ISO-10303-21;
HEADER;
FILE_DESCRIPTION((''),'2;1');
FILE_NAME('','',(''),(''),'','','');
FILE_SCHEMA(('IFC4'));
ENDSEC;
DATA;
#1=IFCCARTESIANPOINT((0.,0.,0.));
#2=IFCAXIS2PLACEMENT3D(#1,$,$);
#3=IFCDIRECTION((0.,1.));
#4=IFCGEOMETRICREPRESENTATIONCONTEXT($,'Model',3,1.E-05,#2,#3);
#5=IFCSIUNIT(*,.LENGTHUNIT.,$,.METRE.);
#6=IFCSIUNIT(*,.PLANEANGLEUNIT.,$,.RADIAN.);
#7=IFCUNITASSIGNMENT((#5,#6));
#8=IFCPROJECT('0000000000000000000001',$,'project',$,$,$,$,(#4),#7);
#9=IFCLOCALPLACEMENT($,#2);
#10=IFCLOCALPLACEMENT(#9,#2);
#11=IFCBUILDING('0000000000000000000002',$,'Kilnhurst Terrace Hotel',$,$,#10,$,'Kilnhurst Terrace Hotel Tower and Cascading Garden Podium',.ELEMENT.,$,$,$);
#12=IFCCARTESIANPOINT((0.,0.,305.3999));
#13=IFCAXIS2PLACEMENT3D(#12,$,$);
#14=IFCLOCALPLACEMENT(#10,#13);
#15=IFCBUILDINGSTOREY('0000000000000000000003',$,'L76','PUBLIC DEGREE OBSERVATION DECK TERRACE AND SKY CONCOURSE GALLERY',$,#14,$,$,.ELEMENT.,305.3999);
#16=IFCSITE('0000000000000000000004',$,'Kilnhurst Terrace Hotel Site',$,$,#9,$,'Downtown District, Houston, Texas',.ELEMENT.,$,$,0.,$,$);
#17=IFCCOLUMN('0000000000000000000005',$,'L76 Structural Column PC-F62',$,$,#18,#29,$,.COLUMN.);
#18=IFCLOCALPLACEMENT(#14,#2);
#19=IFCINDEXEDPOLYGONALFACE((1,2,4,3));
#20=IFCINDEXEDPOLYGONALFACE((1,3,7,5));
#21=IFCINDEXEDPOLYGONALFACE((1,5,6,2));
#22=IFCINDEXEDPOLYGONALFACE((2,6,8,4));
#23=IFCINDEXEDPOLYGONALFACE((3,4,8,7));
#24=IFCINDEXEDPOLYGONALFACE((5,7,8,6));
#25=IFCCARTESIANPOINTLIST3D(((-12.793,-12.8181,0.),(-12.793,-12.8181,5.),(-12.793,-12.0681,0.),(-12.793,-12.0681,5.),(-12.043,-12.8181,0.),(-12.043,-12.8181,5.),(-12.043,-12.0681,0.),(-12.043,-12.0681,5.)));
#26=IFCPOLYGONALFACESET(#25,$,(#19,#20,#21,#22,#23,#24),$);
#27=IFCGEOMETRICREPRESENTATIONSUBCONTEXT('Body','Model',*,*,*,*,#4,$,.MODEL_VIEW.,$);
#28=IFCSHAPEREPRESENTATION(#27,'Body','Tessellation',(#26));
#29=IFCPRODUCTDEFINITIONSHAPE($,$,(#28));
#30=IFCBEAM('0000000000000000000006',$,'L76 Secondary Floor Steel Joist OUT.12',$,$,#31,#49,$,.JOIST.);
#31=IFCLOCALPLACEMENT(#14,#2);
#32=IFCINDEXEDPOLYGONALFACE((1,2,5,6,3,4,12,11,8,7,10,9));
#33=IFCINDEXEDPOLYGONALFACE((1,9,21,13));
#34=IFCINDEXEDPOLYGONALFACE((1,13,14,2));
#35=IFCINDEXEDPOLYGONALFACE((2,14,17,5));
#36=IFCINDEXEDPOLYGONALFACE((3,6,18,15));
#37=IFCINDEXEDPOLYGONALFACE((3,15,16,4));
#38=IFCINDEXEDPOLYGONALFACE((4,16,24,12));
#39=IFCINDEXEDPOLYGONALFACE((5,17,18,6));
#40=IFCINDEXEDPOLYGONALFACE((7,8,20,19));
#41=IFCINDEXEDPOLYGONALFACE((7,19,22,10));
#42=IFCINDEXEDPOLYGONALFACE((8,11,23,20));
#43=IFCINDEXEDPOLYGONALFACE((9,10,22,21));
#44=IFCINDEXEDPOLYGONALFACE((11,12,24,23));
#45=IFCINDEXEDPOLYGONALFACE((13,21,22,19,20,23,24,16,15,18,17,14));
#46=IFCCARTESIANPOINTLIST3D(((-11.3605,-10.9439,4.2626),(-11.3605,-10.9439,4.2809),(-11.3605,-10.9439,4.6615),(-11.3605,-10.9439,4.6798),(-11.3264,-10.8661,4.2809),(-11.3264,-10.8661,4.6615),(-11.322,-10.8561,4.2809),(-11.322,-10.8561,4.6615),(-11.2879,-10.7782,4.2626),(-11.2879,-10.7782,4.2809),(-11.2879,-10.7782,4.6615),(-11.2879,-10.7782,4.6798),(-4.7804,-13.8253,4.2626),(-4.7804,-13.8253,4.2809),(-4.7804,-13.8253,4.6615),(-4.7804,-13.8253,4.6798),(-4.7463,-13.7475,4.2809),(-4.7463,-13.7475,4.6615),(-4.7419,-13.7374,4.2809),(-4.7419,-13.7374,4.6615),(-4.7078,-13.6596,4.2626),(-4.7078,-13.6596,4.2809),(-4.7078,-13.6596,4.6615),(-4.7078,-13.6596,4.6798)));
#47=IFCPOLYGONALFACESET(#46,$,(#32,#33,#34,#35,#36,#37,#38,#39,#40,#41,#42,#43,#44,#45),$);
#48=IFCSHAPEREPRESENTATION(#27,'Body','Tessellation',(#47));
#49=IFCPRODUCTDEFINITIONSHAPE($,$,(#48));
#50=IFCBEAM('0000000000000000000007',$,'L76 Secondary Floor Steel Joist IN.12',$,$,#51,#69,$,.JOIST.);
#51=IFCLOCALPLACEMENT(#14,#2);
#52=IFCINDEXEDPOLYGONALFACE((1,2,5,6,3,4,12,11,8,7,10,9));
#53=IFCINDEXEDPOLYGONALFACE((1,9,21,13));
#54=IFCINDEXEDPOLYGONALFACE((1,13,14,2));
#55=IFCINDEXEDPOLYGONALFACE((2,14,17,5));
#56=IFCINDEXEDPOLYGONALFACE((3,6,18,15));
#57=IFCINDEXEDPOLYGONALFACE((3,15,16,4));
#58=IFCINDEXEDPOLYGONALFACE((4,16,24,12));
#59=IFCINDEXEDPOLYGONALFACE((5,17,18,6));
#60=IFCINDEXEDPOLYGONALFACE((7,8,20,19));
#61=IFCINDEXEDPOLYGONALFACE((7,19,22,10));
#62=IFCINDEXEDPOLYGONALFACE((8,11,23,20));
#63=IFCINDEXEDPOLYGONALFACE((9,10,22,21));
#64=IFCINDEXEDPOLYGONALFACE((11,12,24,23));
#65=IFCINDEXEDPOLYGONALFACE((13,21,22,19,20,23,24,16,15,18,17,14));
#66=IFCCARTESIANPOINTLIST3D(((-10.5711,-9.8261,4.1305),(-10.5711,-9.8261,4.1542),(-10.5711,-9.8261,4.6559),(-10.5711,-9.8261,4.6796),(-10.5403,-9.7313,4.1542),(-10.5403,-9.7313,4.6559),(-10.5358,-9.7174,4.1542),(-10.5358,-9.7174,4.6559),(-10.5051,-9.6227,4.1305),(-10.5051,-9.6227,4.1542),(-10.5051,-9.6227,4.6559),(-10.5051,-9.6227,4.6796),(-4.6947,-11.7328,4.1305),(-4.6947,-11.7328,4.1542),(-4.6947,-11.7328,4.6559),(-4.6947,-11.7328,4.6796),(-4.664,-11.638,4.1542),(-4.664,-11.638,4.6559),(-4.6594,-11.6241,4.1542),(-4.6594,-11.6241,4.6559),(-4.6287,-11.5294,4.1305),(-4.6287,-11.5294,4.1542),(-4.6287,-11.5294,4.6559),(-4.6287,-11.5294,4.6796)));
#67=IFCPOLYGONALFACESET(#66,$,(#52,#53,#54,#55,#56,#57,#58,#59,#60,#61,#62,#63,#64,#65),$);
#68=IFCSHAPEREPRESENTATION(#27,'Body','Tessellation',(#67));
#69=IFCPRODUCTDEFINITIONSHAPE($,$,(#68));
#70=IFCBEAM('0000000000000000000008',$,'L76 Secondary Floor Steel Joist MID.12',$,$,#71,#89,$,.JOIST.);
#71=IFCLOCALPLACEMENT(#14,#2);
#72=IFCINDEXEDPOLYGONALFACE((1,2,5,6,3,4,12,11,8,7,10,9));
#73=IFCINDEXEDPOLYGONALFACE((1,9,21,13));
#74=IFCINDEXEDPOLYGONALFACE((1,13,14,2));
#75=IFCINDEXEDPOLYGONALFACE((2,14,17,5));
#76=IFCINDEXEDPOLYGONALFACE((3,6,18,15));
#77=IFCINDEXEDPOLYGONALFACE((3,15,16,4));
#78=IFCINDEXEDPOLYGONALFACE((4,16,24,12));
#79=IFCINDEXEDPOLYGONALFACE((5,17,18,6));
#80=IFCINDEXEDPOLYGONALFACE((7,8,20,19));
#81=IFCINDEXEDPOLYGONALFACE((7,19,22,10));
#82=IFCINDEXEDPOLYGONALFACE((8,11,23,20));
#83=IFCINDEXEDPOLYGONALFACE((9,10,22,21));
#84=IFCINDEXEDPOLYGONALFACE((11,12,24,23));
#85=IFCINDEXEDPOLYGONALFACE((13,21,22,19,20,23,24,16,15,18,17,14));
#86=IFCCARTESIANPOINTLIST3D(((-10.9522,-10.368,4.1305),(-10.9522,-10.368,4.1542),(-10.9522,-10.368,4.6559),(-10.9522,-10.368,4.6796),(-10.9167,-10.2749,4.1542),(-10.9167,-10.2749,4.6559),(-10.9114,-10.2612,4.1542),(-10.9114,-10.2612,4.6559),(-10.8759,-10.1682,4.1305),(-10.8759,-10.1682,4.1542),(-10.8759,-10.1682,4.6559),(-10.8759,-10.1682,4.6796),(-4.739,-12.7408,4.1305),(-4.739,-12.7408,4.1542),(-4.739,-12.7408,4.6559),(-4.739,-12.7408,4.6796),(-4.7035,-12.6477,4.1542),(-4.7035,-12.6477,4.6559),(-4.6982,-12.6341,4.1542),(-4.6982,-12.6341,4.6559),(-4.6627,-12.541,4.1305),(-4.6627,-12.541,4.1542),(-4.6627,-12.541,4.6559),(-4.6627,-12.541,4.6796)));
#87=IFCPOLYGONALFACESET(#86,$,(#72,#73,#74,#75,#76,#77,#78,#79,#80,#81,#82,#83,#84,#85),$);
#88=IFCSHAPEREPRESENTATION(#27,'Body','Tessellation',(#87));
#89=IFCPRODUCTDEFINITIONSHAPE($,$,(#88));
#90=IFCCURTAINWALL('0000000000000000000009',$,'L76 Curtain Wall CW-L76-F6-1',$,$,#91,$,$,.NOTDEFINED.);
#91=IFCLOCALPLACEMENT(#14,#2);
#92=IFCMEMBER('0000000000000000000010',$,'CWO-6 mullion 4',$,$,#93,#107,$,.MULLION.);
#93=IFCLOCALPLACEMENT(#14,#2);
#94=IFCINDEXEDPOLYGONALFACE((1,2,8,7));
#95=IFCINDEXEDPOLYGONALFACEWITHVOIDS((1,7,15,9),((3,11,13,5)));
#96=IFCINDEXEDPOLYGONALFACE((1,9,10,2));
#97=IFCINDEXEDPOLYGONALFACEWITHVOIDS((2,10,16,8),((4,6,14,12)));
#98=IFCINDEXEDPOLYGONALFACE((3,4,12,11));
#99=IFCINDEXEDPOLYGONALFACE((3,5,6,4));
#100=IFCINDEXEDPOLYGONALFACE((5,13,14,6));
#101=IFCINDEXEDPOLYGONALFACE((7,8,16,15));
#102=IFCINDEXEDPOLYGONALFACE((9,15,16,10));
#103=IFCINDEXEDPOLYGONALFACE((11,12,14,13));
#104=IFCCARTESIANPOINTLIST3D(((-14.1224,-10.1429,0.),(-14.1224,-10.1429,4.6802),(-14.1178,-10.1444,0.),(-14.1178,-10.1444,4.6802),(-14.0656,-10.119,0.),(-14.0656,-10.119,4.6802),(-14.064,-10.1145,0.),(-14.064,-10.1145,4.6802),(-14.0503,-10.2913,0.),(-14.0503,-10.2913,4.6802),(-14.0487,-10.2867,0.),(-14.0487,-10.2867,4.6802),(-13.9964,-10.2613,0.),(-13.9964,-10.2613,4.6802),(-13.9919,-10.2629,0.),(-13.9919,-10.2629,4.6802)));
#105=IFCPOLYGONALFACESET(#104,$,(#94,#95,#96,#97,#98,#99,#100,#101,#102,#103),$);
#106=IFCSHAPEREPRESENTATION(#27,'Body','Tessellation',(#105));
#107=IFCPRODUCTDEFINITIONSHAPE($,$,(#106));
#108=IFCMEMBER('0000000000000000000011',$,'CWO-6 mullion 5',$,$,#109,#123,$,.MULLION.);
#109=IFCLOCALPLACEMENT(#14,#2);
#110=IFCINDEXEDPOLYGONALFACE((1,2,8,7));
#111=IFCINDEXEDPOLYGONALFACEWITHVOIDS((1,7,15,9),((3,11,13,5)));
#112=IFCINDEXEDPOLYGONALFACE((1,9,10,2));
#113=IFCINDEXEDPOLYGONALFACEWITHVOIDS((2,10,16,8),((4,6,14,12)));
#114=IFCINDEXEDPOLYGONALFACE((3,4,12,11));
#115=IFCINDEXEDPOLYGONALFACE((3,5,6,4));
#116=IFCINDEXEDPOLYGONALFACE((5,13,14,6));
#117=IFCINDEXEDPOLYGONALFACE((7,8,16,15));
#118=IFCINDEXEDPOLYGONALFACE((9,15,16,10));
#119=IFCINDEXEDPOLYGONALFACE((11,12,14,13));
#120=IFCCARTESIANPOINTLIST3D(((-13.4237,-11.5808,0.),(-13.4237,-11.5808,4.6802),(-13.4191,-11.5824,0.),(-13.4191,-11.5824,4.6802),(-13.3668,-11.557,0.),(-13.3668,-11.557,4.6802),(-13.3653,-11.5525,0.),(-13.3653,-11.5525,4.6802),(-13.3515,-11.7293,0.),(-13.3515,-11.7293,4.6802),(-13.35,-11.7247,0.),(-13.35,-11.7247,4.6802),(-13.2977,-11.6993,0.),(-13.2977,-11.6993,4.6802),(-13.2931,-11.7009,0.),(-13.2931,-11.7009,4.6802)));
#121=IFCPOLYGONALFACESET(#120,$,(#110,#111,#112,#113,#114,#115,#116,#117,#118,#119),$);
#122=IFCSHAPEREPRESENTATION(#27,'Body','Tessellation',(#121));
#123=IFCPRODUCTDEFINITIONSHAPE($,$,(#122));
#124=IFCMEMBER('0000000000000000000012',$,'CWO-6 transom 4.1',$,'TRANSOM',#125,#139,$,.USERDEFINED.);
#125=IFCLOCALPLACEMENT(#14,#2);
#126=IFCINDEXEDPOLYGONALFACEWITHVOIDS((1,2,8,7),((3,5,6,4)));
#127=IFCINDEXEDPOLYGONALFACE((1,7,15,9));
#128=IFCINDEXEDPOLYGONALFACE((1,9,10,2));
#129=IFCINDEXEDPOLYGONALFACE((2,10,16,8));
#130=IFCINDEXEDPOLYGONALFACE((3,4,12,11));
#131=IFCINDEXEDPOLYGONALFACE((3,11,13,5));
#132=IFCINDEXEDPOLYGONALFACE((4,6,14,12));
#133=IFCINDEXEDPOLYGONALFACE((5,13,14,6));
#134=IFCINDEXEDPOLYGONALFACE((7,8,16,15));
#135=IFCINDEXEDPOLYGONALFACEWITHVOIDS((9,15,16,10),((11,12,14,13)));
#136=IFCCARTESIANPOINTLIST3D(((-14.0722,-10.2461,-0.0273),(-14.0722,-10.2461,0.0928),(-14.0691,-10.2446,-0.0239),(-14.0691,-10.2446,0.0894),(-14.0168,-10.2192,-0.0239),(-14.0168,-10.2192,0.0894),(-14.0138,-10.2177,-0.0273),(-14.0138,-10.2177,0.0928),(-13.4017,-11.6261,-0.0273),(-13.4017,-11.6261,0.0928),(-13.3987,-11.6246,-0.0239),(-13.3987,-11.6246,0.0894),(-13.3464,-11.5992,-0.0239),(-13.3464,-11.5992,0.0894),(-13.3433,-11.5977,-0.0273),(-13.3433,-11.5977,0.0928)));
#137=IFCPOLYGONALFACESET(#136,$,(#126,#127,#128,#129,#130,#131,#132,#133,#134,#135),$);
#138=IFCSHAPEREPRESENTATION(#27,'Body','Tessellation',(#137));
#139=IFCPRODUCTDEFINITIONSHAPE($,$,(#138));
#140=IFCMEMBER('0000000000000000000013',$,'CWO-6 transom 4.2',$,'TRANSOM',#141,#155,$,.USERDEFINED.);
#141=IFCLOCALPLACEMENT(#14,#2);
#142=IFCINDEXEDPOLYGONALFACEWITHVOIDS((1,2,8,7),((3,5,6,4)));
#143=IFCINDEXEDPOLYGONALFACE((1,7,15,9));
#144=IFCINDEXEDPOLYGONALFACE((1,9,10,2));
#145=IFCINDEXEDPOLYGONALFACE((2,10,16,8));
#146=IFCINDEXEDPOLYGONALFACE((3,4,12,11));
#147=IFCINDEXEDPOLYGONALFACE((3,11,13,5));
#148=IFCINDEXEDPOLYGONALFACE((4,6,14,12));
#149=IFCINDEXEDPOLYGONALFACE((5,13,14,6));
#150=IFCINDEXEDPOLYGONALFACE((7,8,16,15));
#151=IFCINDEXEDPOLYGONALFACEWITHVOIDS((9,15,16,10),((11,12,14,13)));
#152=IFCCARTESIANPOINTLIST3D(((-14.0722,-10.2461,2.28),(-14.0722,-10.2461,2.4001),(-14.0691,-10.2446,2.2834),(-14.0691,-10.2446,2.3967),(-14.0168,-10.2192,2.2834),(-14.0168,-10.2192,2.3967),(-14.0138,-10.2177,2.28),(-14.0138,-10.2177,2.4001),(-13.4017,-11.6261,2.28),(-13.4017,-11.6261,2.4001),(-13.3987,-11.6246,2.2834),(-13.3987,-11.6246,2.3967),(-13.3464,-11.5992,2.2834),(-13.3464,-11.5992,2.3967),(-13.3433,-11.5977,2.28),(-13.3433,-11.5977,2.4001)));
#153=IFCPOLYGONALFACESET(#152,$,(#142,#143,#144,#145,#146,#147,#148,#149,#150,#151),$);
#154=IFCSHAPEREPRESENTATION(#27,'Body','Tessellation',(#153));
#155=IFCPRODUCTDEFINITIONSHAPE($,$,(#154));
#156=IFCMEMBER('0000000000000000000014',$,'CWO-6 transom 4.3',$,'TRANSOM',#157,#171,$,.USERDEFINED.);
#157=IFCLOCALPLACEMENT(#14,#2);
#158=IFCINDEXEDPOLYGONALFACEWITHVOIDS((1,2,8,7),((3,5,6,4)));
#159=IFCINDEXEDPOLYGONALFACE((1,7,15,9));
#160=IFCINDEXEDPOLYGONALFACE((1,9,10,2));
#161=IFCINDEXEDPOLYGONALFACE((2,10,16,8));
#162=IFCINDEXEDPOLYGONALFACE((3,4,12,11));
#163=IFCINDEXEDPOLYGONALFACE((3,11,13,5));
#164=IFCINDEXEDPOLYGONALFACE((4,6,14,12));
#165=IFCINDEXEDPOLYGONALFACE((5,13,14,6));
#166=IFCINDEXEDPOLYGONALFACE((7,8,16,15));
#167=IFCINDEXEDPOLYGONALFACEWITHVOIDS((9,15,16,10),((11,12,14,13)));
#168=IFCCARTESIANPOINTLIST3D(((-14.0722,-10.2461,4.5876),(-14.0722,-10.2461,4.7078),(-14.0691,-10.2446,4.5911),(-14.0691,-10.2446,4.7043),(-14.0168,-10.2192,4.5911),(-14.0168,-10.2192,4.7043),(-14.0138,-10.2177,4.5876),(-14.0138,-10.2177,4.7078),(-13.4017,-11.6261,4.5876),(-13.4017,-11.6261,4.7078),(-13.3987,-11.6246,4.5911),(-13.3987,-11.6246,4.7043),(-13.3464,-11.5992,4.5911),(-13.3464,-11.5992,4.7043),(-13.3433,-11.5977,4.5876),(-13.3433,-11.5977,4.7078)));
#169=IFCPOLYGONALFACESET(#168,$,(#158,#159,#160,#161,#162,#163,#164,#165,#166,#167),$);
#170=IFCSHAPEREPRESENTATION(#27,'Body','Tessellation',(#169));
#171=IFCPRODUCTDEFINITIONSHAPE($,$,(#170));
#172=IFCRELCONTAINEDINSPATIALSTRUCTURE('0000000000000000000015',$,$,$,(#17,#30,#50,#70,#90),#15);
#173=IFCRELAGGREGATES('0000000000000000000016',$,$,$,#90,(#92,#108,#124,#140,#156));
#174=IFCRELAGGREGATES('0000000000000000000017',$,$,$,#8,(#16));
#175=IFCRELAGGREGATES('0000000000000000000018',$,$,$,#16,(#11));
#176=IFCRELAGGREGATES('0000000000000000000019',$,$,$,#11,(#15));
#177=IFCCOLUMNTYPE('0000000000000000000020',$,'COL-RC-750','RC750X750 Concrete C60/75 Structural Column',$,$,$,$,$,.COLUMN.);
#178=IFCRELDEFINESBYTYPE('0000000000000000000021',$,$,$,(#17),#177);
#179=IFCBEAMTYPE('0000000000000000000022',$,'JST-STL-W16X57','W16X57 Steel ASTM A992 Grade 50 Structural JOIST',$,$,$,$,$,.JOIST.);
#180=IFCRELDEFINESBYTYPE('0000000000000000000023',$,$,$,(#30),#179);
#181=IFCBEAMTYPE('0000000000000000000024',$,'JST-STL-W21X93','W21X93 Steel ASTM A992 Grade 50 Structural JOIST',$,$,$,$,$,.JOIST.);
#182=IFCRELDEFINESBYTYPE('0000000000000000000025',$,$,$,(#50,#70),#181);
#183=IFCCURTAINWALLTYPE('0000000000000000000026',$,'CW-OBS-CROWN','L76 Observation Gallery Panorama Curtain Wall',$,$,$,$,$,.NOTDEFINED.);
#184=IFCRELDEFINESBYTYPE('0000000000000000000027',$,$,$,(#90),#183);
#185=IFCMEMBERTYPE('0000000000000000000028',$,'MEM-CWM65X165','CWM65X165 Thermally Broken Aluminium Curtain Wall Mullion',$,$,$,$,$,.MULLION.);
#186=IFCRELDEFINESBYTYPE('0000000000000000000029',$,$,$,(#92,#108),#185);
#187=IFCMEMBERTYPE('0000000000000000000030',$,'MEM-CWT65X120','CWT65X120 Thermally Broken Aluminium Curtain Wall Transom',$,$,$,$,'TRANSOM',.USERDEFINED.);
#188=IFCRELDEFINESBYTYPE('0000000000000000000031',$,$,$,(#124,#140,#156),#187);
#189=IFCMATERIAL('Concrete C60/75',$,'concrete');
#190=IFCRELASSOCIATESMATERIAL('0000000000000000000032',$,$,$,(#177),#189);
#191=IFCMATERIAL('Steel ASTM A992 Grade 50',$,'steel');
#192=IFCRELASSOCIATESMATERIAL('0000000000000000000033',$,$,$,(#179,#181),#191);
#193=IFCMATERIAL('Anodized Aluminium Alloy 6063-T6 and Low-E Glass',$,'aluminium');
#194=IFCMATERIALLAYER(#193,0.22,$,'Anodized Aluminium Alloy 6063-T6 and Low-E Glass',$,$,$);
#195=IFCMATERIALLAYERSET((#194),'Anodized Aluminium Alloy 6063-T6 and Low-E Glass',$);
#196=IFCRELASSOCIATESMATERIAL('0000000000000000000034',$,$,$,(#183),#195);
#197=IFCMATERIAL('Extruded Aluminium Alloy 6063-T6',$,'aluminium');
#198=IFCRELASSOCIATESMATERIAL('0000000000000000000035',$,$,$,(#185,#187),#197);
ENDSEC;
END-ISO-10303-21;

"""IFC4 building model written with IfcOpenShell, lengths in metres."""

from ifc_helpers import new_model, si_unit, direction, frame, origin, origin_2d, place, context, subcontext, project, spatial, rectangle, hollow_rectangle, i_section, extrude, material, layer, layer_set, material_profile, profile_set, type_object, element, aggregate, save


model = new_model("IFC4")

# Units and contexts
model_context = context("Model", 3, precision=1e-05, world=origin(), true_north=direction((0.0, 1.0)))
body_context = subcontext(model_context, "Body", "Model", "MODEL_VIEW")
ifc_project = project(units=[si_unit("LENGTHUNIT", "METRE"), si_unit("PLANEANGLEUNIT", "RADIAN")], contexts=[model_context])

# Site, building, storey
site_placement = place(None, origin())
site = spatial("IfcSite", under=ifc_project, at=site_placement, Name="Kilnhurst Terrace Hotel Site", LongName="Downtown District, Houston, Texas", CompositionType="ELEMENT", RefElevation=0.0)
building_placement = place(site_placement, origin())
building = spatial("IfcBuilding", under=site, at=building_placement, Name="Kilnhurst Terrace Hotel", LongName="Kilnhurst Terrace Hotel Tower and Cascading Garden Podium", CompositionType="ELEMENT")
storey_placement = place(building_placement, frame((0.0, 0.0, 305.3999)))
storey = spatial("IfcBuildingStorey", under=building, at=storey_placement, Name="L76", Description="PUBLIC DEGREE OBSERVATION DECK TERRACE AND SKY CONCOURSE GALLERY", CompositionType="ELEMENT", Elevation=305.3999)

# Column
ifc_material_1 = material(Name="Concrete C60/75", Category="concrete")
ifc_material_profile_1 = material_profile(ifc_material_1, rectangle(XDim=0.75, YDim=0.75, at=origin_2d()), Name="RC750X750")
ifc_profile_set_1 = profile_set([ifc_material_profile_1], Name="Concrete C60/75")
column_type = type_object("IfcColumnType", Name="COL-RC-750", Description="RC750X750 Concrete C60/75 Structural Column", PredefinedType="COLUMN", material=ifc_profile_set_1)
column_placement = place(storey_placement, frame((-12.418, -12.4431, 0.0), z_axis=(0.0, 0.0, 1.0), x_axis=(1.0, 0.0, 0.0)))
element("IfcColumn", 1, at=column_placement, inside=storey, type_object=column_type, Name="L76 Structural Column PC-F62", PredefinedType="COLUMN", context=body_context, shape_type="SweptSolid", body=[
    extrude(rectangle(XDim=0.75, YDim=0.75, at=origin_2d()), origin(), (0.0, 0.0, 1.0), 5.0),
])

# Beams
ifc_material_2 = material(Name="Steel ASTM A992 Grade 50", Category="steel")
ifc_material_profile_2 = material_profile(ifc_material_2, i_section(OverallWidth=0.1809, OverallDepth=0.4172, WebThickness=0.011, FlangeThickness=0.0183, at=origin_2d()), Name="W16X57")
ifc_profile_set_2 = profile_set([ifc_material_profile_2], Name="Steel ASTM A992 Grade 50")
beam_type_1 = type_object("IfcBeamType", Name="JST-STL-W16X57", Description="W16X57 Steel ASTM A992 Grade 50 Structural JOIST", PredefinedType="JOIST", material=ifc_profile_set_2)
beam_1_placement = place(storey_placement, frame((-11.3242, -10.8611, 4.4712), z_axis=(0.916026, -0.401118, 0.0), x_axis=(0.401118, 0.916026, 0.0)))
element("IfcBeam", 2, at=beam_1_placement, inside=storey, type_object=beam_type_1, Name="L76 Secondary Floor Steel Joist OUT.12", PredefinedType="JOIST", context=body_context, shape_type="SweptSolid", body=[
    extrude(i_section(OverallWidth=0.1809, OverallDepth=0.4172, WebThickness=0.011, FlangeThickness=0.0183, at=origin_2d()), origin(), (0.0, 0.0, 1.0), 7.1833),
])
ifc_material_profile_3 = material_profile(ifc_material_2, i_section(OverallWidth=0.2139, OverallDepth=0.5491, WebThickness=0.0146, FlangeThickness=0.0237, at=origin_2d()), Name="W21X93")
ifc_profile_set_3 = profile_set([ifc_material_profile_3], Name="Steel ASTM A992 Grade 50")
beam_type_2 = type_object("IfcBeamType", Name="JST-STL-W21X93", Description="W21X93 Steel ASTM A992 Grade 50 Structural JOIST", PredefinedType="JOIST", material=ifc_profile_set_3)
beam_2_placement = place(storey_placement, frame((-10.5381, -9.7244, 4.405), z_axis=(0.951182, -0.30863, 0.0), x_axis=(0.30863, 0.951182, 0.0)))
element("IfcBeam", 3, at=beam_2_placement, inside=storey, type_object=beam_type_2, Name="L76 Secondary Floor Steel Joist IN.12", PredefinedType="JOIST", context=body_context, shape_type="SweptSolid", body=[
    extrude(i_section(OverallWidth=0.2139, OverallDepth=0.5491, WebThickness=0.0146, FlangeThickness=0.0237, at=origin_2d()), origin(), (0.0, 0.0, 1.0), 6.178),
])
beam_3_placement = place(storey_placement, frame((-10.9141, -10.2681, 4.405), z_axis=(0.934193, -0.356769, 0.0), x_axis=(0.356769, 0.934193, 0.0)))
element("IfcBeam", 4, at=beam_3_placement, inside=storey, type_object=beam_type_2, Name="L76 Secondary Floor Steel Joist MID.12", PredefinedType="JOIST", context=body_context, shape_type="SweptSolid", body=[
    extrude(i_section(OverallWidth=0.2139, OverallDepth=0.5491, WebThickness=0.0146, FlangeThickness=0.0237, at=origin_2d()), origin(), (0.0, 0.0, 1.0), 6.6509),
])

# Curtain wall, members
ifc_material_3 = material(Name="Anodized Aluminium Alloy 6063-T6 and Low-E Glass", Category="aluminium")
ifc_layer_1 = layer(ifc_material_3, 0.22, Name="Anodized Aluminium Alloy 6063-T6 and Low-E Glass")
ifc_layer_set_1 = layer_set([ifc_layer_1], Name="Anodized Aluminium Alloy 6063-T6 and Low-E Glass")
curtain_wall_type = type_object("IfcCurtainWallType", Name="CW-OBS-CROWN", Description="L76 Observation Gallery Panorama Curtain Wall", PredefinedType="NOTDEFINED", material=ifc_layer_set_1)
curtain_wall_placement = place(storey_placement, origin())
curtain_wall = element("IfcCurtainWall", 5, at=curtain_wall_placement, inside=storey, type_object=curtain_wall_type, Name="L76 Curtain Wall CW-L76-F6-1", PredefinedType="NOTDEFINED")
ifc_material_4 = material(Name="Extruded Aluminium Alloy 6063-T6", Category="aluminium")
ifc_material_profile_4 = material_profile(ifc_material_4, hollow_rectangle(XDim=0.0649, YDim=0.165, WallThickness=0.0034, at=origin_2d()), Name="CWM65X165")
ifc_profile_set_4 = profile_set([ifc_material_profile_4], Name="Extruded Aluminium Alloy 6063-T6")
member_type_1 = type_object("IfcMemberType", Name="MEM-CWM65X165", Description="CWM65X165 Thermally Broken Aluminium Curtain Wall Mullion", PredefinedType="MULLION", material=ifc_profile_set_4)
member_1_placement = place(storey_placement, frame((-14.0571, -10.2029, 0.0), z_axis=(0.0, 0.0, 1.0), x_axis=(0.899436, 0.437053, 0.0)))
member_1 = element("IfcMember", 6, at=member_1_placement, type_object=member_type_1, Name="CWO-6 mullion 4", PredefinedType="MULLION", context=body_context, shape_type="SweptSolid", body=[
    extrude(hollow_rectangle(XDim=0.0649, YDim=0.165, WallThickness=0.0034, at=origin_2d()), origin(), (0.0, 0.0, 1.0), 4.6802),
])
member_2_placement = place(storey_placement, frame((-13.3584, -11.6409, 0.0), z_axis=(0.0, 0.0, 1.0), x_axis=(0.899436, 0.437053, 0.0)))
member_2 = element("IfcMember", 7, at=member_2_placement, type_object=member_type_1, Name="CWO-6 mullion 5", PredefinedType="MULLION", context=body_context, shape_type="SweptSolid", body=[
    extrude(hollow_rectangle(XDim=0.0649, YDim=0.165, WallThickness=0.0034, at=origin_2d()), origin(), (0.0, 0.0, 1.0), 4.6802),
])
ifc_material_profile_5 = material_profile(ifc_material_4, hollow_rectangle(XDim=0.0649, YDim=0.1201, WallThickness=0.0034, at=origin_2d()), Name="CWT65X120")
ifc_profile_set_5 = profile_set([ifc_material_profile_5], Name="Extruded Aluminium Alloy 6063-T6")
member_type_2 = type_object("IfcMemberType", Name="MEM-CWT65X120", Description="CWT65X120 Thermally Broken Aluminium Curtain Wall Transom", ElementType="TRANSOM", PredefinedType="USERDEFINED", material=ifc_profile_set_5)
member_3_placement = place(storey_placement, frame((-14.043, -10.2319, 0.0327), z_axis=(0.437, -0.899462, 0.0), x_axis=(0.899462, 0.437, 0.0)))
member_3 = element("IfcMember", 8, at=member_3_placement, type_object=member_type_2, Name="CWO-6 transom 4.1", ObjectType="TRANSOM", PredefinedType="USERDEFINED", context=body_context, shape_type="SweptSolid", body=[
    extrude(hollow_rectangle(XDim=0.0649, YDim=0.1201, WallThickness=0.0034, at=origin_2d()), origin(), (0.0, 0.0, 1.0), 1.5342),
])
member_4_placement = place(storey_placement, frame((-14.043, -10.2319, 2.3401), z_axis=(0.437, -0.899462, 0.0), x_axis=(0.899462, 0.437, 0.0)))
member_4 = element("IfcMember", 9, at=member_4_placement, type_object=member_type_2, Name="CWO-6 transom 4.2", ObjectType="TRANSOM", PredefinedType="USERDEFINED", context=body_context, shape_type="SweptSolid", body=[
    extrude(hollow_rectangle(XDim=0.0649, YDim=0.1201, WallThickness=0.0034, at=origin_2d()), origin(), (0.0, 0.0, 1.0), 1.5342),
])
member_5_placement = place(storey_placement, frame((-14.043, -10.2319, 4.6477), z_axis=(0.437, -0.899462, 0.0), x_axis=(0.899462, 0.437, 0.0)))
member_5 = element("IfcMember", 10, at=member_5_placement, type_object=member_type_2, Name="CWO-6 transom 4.3", ObjectType="TRANSOM", PredefinedType="USERDEFINED", context=body_context, shape_type="SweptSolid", body=[
    extrude(hollow_rectangle(XDim=0.0649, YDim=0.1201, WallThickness=0.0034, at=origin_2d()), origin(), (0.0, 0.0, 1.0), 1.5342),
])

aggregate(curtain_wall, [member_1, member_2, member_3, member_4, member_5])

save(model, "model.ifc")
